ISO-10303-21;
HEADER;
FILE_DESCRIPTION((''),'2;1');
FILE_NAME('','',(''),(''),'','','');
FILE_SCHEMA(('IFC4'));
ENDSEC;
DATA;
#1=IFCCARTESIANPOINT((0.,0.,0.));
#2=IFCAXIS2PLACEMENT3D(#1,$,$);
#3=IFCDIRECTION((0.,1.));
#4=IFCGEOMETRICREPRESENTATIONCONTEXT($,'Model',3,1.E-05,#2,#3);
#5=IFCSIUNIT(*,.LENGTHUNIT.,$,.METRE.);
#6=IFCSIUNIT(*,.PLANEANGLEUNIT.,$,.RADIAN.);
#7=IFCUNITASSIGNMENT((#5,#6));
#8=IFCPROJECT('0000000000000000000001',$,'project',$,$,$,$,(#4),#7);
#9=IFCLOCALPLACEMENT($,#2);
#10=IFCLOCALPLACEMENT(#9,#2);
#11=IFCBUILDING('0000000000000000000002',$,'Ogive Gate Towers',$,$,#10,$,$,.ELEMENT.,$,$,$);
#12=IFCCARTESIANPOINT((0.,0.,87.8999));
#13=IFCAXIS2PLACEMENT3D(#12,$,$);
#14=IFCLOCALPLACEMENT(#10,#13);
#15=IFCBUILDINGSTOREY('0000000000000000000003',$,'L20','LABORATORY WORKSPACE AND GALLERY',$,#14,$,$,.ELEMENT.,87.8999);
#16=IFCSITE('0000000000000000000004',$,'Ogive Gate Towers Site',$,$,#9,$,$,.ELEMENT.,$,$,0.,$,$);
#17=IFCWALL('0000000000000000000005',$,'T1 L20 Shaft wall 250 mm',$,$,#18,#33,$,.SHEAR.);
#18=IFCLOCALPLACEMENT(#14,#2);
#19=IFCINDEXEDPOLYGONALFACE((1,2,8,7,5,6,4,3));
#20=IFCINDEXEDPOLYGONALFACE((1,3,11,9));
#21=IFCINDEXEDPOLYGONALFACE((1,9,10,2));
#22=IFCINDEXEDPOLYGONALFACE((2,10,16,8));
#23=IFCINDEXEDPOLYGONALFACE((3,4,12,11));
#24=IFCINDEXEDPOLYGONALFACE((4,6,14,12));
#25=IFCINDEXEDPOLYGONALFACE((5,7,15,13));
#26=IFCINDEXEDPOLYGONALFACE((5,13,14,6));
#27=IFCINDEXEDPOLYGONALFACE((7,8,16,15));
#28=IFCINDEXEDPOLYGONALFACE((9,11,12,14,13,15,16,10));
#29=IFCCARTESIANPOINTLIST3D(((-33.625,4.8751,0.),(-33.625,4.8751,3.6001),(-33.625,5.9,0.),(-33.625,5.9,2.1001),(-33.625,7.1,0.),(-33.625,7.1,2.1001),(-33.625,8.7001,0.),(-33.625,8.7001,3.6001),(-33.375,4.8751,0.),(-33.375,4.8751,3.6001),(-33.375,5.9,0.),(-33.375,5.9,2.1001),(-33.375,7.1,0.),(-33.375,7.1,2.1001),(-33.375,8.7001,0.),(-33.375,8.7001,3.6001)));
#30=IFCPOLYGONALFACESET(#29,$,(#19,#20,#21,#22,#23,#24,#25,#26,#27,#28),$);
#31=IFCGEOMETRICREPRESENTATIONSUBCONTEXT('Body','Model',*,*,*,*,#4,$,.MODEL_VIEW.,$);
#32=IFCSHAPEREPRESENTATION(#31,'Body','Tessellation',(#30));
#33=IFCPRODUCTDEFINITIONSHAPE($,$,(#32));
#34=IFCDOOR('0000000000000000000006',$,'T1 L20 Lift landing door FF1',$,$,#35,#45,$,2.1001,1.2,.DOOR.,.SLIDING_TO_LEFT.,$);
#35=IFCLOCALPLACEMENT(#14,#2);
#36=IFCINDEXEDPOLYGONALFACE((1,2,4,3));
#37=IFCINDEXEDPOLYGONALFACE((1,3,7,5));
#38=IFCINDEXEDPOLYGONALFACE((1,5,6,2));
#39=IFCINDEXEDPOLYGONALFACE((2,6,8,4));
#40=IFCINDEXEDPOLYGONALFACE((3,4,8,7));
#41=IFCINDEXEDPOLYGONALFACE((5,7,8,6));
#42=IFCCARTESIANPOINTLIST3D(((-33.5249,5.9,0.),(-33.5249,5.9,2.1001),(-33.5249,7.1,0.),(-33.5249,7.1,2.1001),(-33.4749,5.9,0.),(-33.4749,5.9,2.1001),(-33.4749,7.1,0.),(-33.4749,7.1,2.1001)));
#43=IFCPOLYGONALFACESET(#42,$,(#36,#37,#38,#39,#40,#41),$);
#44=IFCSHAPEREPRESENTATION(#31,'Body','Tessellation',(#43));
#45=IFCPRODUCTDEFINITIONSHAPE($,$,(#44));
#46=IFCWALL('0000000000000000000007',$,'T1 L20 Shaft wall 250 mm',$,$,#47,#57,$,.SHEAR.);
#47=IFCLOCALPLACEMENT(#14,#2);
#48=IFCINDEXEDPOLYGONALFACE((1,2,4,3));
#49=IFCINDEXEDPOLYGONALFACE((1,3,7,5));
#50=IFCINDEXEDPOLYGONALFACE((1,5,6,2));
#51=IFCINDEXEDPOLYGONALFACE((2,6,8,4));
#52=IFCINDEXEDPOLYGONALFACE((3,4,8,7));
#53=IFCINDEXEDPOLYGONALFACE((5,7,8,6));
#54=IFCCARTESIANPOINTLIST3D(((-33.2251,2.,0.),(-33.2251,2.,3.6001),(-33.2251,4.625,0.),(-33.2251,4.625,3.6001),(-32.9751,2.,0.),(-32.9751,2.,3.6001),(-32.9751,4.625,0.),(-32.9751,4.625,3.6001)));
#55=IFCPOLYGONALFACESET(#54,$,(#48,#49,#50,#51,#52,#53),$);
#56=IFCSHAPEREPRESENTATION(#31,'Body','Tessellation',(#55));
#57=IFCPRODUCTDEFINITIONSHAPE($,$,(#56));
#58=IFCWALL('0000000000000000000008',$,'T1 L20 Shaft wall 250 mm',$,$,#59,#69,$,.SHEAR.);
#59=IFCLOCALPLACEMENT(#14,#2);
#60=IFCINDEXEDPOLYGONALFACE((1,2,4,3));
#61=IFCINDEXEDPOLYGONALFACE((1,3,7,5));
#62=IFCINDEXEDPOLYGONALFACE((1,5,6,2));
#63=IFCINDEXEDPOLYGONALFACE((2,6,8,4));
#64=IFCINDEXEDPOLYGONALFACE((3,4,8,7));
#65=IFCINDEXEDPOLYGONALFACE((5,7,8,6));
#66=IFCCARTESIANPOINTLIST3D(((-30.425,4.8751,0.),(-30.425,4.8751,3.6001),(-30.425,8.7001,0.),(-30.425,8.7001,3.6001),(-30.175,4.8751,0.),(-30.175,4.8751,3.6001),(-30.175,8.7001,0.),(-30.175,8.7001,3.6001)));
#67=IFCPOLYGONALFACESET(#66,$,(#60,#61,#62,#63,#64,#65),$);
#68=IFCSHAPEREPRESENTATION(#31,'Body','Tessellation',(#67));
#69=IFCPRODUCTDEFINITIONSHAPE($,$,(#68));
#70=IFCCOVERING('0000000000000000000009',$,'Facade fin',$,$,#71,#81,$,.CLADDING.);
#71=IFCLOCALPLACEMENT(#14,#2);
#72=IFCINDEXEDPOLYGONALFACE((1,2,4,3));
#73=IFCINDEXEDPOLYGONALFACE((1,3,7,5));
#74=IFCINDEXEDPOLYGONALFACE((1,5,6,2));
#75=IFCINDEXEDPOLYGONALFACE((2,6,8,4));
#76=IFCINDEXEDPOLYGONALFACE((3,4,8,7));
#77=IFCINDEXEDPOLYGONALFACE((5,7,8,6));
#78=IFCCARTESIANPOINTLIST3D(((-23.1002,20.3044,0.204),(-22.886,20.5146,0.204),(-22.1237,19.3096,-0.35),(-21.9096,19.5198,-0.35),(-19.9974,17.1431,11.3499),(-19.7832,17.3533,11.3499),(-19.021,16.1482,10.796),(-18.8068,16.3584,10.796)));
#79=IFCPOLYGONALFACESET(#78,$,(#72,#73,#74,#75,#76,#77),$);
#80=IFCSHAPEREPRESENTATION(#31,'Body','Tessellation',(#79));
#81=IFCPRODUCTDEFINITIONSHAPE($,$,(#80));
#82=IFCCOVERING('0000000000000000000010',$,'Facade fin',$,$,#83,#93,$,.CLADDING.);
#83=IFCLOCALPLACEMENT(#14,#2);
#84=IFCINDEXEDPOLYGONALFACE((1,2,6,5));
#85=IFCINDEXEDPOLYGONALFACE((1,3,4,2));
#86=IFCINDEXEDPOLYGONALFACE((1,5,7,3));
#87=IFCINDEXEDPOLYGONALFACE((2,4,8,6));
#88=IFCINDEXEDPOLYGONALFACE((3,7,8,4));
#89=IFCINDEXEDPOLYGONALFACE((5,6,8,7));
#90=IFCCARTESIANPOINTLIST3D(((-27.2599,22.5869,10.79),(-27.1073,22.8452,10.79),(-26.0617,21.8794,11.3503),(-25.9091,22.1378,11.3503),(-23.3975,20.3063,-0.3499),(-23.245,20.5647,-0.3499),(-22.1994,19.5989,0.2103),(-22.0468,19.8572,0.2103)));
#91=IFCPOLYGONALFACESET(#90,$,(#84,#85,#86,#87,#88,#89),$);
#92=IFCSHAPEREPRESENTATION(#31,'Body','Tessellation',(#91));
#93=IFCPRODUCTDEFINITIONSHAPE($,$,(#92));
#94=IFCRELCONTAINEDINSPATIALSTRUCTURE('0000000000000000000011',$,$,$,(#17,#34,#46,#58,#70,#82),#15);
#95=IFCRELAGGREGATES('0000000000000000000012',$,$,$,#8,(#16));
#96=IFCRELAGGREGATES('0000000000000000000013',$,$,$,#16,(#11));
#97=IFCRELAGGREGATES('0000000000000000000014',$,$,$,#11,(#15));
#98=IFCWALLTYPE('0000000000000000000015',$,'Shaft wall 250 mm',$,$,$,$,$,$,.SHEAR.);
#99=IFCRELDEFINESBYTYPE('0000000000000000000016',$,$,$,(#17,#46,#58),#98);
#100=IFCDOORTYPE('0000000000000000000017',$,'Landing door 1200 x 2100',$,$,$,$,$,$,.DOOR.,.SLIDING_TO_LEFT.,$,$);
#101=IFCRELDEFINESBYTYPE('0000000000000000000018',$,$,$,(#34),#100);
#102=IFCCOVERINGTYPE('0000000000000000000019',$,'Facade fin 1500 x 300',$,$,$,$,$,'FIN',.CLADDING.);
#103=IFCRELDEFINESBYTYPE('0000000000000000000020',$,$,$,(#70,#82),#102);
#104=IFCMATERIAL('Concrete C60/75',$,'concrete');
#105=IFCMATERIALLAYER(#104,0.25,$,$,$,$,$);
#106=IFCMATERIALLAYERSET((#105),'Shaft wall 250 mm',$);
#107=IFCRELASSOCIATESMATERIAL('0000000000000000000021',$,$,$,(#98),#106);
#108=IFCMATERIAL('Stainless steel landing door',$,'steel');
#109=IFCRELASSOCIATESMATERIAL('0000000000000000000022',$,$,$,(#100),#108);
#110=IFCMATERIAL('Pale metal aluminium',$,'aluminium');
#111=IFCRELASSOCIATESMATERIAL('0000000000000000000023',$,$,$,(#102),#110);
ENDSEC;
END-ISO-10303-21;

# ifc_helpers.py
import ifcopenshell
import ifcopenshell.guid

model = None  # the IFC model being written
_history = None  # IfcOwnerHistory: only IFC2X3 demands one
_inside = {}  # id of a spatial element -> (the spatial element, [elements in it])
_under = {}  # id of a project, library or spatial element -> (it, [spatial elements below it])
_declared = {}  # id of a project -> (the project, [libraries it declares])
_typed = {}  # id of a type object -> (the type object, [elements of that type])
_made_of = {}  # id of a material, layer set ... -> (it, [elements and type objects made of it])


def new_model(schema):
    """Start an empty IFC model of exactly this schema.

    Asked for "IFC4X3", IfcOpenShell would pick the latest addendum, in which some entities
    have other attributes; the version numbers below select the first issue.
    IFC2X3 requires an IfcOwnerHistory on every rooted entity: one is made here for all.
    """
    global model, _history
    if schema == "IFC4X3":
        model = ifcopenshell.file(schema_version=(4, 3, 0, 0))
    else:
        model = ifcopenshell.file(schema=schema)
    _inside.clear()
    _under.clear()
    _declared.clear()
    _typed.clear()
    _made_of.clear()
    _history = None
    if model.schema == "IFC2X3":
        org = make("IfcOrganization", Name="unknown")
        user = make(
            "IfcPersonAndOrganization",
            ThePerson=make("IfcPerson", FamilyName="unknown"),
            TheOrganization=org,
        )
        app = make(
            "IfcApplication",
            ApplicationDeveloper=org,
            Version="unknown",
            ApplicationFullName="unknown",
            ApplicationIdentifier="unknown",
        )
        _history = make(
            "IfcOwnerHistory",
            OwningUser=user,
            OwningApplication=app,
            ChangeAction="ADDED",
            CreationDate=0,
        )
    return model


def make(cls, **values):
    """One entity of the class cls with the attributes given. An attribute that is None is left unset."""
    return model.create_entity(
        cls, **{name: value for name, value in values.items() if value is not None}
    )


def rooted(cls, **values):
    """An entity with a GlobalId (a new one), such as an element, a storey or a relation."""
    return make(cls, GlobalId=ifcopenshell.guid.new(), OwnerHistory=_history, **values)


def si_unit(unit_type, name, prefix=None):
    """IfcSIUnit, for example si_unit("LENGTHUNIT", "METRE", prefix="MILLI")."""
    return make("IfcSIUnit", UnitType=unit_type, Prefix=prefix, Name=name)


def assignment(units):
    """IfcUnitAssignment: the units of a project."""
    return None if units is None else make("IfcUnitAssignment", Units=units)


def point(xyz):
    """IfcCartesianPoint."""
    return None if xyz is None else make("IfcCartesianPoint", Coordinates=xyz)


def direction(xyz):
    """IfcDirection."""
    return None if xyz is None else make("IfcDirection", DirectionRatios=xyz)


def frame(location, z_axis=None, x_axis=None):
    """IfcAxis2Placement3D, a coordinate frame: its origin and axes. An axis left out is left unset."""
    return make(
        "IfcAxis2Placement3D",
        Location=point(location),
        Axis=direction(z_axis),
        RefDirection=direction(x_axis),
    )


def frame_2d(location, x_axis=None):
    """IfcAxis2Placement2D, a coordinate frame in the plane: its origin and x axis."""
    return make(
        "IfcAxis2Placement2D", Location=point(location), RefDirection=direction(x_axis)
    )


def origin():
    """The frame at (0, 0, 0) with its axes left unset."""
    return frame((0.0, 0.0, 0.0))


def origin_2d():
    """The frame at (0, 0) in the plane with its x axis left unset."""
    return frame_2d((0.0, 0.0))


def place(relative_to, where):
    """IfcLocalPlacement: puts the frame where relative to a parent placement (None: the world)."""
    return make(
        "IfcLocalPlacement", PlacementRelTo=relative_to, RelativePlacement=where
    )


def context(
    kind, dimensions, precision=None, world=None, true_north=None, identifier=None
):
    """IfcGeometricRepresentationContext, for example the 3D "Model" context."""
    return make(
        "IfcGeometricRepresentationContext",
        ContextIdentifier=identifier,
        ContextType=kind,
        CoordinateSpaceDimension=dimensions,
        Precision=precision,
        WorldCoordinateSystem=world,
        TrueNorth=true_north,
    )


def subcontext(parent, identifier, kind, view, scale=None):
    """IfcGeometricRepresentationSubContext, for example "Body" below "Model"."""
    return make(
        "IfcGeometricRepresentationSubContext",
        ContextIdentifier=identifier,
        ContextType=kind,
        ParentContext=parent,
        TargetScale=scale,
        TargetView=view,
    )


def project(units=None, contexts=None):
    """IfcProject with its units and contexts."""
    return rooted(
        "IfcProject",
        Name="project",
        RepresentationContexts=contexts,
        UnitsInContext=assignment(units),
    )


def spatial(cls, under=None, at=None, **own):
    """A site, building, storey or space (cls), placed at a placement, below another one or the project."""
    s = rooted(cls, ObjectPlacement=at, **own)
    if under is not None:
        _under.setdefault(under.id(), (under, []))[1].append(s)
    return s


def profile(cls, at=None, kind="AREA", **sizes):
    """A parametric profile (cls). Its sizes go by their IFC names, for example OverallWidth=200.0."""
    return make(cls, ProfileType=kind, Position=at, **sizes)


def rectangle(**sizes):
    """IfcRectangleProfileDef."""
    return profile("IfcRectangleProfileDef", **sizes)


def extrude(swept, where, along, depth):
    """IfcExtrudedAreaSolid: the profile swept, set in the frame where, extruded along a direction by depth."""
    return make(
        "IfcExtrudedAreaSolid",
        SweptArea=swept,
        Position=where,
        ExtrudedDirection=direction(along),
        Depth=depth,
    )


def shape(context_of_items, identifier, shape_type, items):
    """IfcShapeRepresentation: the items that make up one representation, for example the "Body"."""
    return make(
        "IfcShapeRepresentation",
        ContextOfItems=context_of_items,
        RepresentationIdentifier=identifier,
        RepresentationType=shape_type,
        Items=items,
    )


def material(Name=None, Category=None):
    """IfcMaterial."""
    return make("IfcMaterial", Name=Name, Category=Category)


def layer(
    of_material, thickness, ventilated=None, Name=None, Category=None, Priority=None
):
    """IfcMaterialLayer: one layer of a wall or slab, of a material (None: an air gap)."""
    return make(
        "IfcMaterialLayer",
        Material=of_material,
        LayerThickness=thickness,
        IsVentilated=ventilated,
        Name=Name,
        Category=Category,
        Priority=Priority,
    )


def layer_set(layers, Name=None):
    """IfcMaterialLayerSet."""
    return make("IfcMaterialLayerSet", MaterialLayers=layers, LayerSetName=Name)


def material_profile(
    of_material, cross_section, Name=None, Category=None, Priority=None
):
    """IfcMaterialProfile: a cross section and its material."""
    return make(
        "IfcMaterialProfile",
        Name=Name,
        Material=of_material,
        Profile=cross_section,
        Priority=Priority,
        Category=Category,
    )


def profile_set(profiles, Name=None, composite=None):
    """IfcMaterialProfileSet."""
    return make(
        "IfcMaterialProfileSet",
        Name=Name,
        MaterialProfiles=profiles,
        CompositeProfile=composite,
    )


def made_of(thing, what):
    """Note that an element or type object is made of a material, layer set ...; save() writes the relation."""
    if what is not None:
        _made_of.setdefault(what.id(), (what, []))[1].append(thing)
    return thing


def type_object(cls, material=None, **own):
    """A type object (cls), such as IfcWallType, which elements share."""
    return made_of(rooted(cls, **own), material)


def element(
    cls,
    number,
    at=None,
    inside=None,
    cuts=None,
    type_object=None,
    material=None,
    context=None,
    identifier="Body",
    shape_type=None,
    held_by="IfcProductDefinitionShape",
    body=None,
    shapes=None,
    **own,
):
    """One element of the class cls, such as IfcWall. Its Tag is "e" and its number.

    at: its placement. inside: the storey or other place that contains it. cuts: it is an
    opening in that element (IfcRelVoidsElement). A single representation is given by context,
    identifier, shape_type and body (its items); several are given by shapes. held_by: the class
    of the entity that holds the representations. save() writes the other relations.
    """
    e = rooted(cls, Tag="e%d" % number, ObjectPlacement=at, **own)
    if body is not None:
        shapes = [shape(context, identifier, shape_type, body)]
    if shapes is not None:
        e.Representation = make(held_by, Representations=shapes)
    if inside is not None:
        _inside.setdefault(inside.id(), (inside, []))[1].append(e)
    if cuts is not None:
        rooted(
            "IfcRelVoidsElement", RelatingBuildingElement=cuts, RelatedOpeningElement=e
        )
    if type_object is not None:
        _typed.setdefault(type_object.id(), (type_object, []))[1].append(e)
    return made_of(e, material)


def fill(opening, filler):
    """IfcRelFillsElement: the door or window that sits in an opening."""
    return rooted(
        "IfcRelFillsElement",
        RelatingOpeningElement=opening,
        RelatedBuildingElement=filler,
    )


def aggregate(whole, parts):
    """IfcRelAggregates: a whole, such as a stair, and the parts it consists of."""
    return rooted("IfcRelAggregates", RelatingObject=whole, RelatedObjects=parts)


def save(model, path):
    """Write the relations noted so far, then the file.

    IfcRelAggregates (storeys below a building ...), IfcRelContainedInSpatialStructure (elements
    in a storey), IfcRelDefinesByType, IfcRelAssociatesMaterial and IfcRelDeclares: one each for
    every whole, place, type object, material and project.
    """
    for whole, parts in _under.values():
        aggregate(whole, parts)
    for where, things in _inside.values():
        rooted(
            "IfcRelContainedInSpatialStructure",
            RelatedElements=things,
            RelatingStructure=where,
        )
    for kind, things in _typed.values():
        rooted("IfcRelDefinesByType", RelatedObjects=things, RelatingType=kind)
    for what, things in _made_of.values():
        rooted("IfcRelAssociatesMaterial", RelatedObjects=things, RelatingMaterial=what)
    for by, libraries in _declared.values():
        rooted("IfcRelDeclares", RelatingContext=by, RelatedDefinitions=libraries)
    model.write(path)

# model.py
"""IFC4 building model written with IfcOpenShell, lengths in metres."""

from ifc_helpers import new_model, si_unit, direction, frame, frame_2d, origin, origin_2d, place, context, subcontext, project, spatial, rectangle, extrude, material, layer, layer_set, material_profile, profile_set, type_object, element, fill, save


model = new_model("IFC4")

# Units and contexts
model_context = context("Model", 3, precision=1e-05, world=origin(), true_north=direction((0.0, 1.0)))
body_context = subcontext(model_context, "Body", "Model", "MODEL_VIEW")
ifc_project = project(units=[si_unit("LENGTHUNIT", "METRE"), si_unit("PLANEANGLEUNIT", "RADIAN")], contexts=[model_context])

# Site, building, storey
site_placement = place(None, origin())
site = spatial("IfcSite", under=ifc_project, at=site_placement, Name="Ogive Gate Towers Site", CompositionType="ELEMENT", RefElevation=0.0)
building_placement = place(site_placement, origin())
building = spatial("IfcBuilding", under=site, at=building_placement, Name="Ogive Gate Towers", CompositionType="ELEMENT")
storey_placement = place(building_placement, frame((0.0, 0.0, 87.8999)))
storey = spatial("IfcBuildingStorey", under=building, at=storey_placement, Name="L20", Description="LABORATORY WORKSPACE AND GALLERY", CompositionType="ELEMENT", Elevation=87.8999)

# Shared definitions
ifc_material_1 = material(Name="Pale metal aluminium", Category="aluminium")

# Wall, opening, door
ifc_material_2 = material(Name="Concrete C60/75", Category="concrete")
ifc_layer_1 = layer(ifc_material_2, 0.25)
ifc_layer_set_1 = layer_set([ifc_layer_1], Name="Shaft wall 250 mm")
wall_type_1 = type_object("IfcWallType", Name="Shaft wall 250 mm", PredefinedType="SHEAR", material=ifc_layer_set_1)
wall_1_placement = place(storey_placement, frame((-33.5, 4.875, 0.0), z_axis=(0.0, 0.0, 1.0), x_axis=(0.0, 1.0, 0.0)))
wall_1 = element("IfcWall", 1, at=wall_1_placement, inside=storey, type_object=wall_type_1, Name="T1 L20 Shaft wall 250 mm", PredefinedType="SHEAR", context=body_context, shape_type="SweptSolid", body=[
    extrude(rectangle(XDim=3.825, YDim=0.25, at=frame_2d((1.9126, 0.0))), origin(), (0.0, 0.0, 1.0), 3.6001),
])
opening_1_placement = place(wall_1_placement, frame((1.0249, 0.0, 0.0)))
opening_1 = element("IfcOpeningElement", 2, at=opening_1_placement, cuts=wall_1, PredefinedType="OPENING", context=body_context, shape_type="SweptSolid", body=[
    extrude(rectangle(XDim=1.2, YDim=2.1001, at=frame_2d((0.6001, 1.05))), frame((0.0, 0.135, 0.0), z_axis=(0.0, -1.0, 0.0), x_axis=(1.0, 0.0, 0.0)), (0.0, 0.0, 1.0), 0.27),
])
ifc_material_3 = material(Name="Stainless steel landing door", Category="steel")
door_type_1 = type_object("IfcDoorType", Name="Landing door 1200 x 2100", OperationType="SLIDING_TO_LEFT", PredefinedType="DOOR", material=ifc_material_3)
door_1_placement = place(opening_1_placement, origin())
door_1 = element("IfcDoor", 3, at=door_1_placement, inside=storey, type_object=door_type_1, Name="T1 L20 Lift landing door FF1", OperationType="SLIDING_TO_LEFT", OverallHeight=2.1001, OverallWidth=1.2, PredefinedType="DOOR", context=body_context, shape_type="SweptSolid", body=[
    extrude(rectangle(XDim=1.2, YDim=2.1001, at=frame_2d((0.6001, 1.05))), frame((0.0, 0.0249, 0.0), z_axis=(0.0, -1.0, 0.0), x_axis=(1.0, 0.0, 0.0)), (0.0, 0.0, 1.0), 0.05),
])
fill(opening_1, door_1)

# Walls
wall_2_placement = place(storey_placement, frame((-33.1001, 2.0, 0.0), z_axis=(0.0, 0.0, 1.0), x_axis=(0.0, 1.0, 0.0)))
element("IfcWall", 4, at=wall_2_placement, inside=storey, type_object=wall_type_1, Name="T1 L20 Shaft wall 250 mm", PredefinedType="SHEAR", context=body_context, shape_type="SweptSolid", body=[
    extrude(rectangle(XDim=2.625, YDim=0.25, at=frame_2d((1.3125, 0.0))), origin(), (0.0, 0.0, 1.0), 3.6001),
])
wall_3_placement = place(storey_placement, frame((-30.3, 4.875, 0.0), z_axis=(0.0, 0.0, 1.0), x_axis=(0.0, 1.0, 0.0)))
element("IfcWall", 5, at=wall_3_placement, inside=storey, type_object=wall_type_1, Name="T1 L20 Shaft wall 250 mm", PredefinedType="SHEAR", context=body_context, shape_type="SweptSolid", body=[
    extrude(rectangle(XDim=3.825, YDim=0.25, at=frame_2d((1.9126, 0.0))), origin(), (0.0, 0.0, 1.0), 3.6001),
])

# Coverings
ifc_material_profile_1 = material_profile(ifc_material_1, rectangle(XDim=0.3, YDim=1.5, at=origin_2d()), Name="1500 x 300 pale metal aluminium")
ifc_profile_set_1 = profile_set([ifc_material_profile_1], Name="Pale metal aluminium")
covering_type = type_object("IfcCoveringType", Name="Facade fin 1500 x 300", ElementType="FIN", PredefinedType="CLADDING", material=ifc_profile_set_1)
covering_1_placement = place(storey_placement, frame((-22.5049, 19.9121, -0.073), z_axis=(0.258696, -0.263581, 0.929302), x_axis=(0.71369, 0.700462, 0.0)))
element("IfcCovering", 6, at=covering_1_placement, inside=storey, type_object=covering_type, Name="Facade fin", PredefinedType="CLADDING", context=body_context, shape_type="SweptSolid", body=[
    extrude(rectangle(XDim=0.3, YDim=1.5, at=origin_2d()), origin(), (0.0, 0.0, 1.0), 11.9939),
])
covering_2_placement = place(storey_placement, frame((-22.7222, 20.0818, -0.0698), z_axis=(-0.321618, 0.189901, 0.927631), x_axis=(-0.50844, -0.861098, 0.0)))
element("IfcCovering", 7, at=covering_2_placement, inside=storey, type_object=covering_type, Name="Facade fin", PredefinedType="CLADDING", context=body_context, shape_type="SweptSolid", body=[
    extrude(rectangle(XDim=0.3, YDim=1.5, at=origin_2d()), origin(), (0.0, 0.0, 1.0), 12.009),
])

save(model, "model.ifc")
